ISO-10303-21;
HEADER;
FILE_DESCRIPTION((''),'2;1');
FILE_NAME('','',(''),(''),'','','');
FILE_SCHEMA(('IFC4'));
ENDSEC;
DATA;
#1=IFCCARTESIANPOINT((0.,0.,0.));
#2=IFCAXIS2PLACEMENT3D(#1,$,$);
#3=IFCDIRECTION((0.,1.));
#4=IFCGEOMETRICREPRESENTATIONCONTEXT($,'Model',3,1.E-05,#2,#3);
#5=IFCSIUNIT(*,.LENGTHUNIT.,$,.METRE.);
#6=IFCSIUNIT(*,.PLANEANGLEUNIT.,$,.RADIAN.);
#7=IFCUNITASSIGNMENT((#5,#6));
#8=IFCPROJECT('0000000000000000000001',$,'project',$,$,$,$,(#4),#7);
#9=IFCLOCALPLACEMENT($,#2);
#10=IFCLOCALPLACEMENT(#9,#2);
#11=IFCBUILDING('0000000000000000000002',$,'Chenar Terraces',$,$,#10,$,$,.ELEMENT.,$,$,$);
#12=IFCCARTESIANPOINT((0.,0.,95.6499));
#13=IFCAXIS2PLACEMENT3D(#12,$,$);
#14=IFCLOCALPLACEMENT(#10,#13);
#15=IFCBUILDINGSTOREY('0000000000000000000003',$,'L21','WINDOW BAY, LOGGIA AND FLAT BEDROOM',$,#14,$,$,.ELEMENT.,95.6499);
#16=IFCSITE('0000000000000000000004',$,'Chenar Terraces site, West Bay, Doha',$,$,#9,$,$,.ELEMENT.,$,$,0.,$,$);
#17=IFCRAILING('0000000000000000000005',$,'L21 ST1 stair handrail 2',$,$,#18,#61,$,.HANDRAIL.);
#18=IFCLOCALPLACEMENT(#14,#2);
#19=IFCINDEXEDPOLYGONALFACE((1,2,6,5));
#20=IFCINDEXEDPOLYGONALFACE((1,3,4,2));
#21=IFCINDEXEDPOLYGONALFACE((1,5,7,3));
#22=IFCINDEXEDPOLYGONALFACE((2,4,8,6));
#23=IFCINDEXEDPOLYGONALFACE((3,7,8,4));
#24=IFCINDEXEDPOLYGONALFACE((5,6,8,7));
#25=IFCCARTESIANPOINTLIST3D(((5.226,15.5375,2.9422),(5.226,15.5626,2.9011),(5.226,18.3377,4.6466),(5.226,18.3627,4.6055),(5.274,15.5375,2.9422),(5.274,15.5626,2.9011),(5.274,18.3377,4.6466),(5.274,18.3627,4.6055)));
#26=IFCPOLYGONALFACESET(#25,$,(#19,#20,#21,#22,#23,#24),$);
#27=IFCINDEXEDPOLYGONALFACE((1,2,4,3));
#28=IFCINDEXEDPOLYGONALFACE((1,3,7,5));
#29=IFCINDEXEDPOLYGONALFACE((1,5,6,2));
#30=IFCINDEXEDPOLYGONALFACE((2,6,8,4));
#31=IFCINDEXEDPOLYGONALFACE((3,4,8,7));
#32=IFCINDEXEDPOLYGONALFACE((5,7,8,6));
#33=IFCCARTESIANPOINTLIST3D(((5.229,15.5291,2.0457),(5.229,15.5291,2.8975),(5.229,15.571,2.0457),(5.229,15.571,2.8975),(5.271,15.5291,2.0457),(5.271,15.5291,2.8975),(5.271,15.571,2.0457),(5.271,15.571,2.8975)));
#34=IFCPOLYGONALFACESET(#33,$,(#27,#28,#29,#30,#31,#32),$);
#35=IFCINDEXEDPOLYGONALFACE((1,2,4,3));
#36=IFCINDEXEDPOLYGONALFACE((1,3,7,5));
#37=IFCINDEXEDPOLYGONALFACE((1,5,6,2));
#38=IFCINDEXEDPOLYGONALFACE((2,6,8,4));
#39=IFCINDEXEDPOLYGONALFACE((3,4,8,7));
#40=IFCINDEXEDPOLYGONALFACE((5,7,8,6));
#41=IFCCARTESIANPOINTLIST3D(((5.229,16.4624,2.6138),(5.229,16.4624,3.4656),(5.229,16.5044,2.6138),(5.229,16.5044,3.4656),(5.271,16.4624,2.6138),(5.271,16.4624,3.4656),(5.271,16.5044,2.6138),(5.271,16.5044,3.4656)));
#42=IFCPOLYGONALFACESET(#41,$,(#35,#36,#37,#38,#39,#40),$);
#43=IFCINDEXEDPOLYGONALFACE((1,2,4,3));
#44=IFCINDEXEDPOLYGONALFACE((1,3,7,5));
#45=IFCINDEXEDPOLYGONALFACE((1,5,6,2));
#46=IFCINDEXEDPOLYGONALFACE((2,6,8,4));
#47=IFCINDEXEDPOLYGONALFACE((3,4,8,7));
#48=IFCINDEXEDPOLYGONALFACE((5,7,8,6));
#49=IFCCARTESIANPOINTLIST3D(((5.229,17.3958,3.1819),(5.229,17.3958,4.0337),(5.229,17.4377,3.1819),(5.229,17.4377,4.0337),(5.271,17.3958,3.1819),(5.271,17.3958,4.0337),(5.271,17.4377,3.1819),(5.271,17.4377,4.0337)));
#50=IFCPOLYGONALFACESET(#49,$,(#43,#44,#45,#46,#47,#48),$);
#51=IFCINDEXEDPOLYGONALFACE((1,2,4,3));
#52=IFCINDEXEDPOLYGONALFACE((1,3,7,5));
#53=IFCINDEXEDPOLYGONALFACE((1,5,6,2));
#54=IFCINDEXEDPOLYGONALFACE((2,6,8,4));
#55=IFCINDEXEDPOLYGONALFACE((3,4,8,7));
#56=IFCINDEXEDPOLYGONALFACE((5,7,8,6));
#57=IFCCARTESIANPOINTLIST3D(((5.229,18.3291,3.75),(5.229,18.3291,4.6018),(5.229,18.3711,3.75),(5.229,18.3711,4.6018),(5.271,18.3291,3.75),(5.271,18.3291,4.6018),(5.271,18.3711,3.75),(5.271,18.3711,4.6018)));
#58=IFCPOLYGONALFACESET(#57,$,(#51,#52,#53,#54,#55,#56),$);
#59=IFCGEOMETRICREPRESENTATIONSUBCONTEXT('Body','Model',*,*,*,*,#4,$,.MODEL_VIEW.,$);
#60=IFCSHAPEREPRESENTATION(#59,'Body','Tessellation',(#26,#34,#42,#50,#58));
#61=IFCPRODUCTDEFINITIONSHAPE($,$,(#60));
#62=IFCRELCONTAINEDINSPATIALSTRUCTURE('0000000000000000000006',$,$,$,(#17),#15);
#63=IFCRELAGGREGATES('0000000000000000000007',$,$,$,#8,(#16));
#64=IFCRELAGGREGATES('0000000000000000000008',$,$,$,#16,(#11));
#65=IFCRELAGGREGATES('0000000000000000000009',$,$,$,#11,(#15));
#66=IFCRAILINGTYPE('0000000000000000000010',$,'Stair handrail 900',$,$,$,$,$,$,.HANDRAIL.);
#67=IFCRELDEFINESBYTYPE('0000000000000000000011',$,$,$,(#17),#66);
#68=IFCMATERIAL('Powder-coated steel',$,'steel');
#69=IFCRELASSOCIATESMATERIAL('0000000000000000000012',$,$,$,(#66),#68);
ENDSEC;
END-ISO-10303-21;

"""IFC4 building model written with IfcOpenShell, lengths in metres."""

from ifc_helpers import new_model, si_unit, direction, frame, origin, origin_2d, place, context, subcontext, project, spatial, rectangle, extrude, material, type_object, element, save


model = new_model("IFC4")

# Units and contexts
model_context = context("Model", 3, precision=1e-05, world=origin(), true_north=direction((0.0, 1.0)))
body_context = subcontext(model_context, "Body", "Model", "MODEL_VIEW")
ifc_project = project(units=[si_unit("LENGTHUNIT", "METRE"), si_unit("PLANEANGLEUNIT", "RADIAN")], contexts=[model_context])

# Site, building, storey
site_placement = place(None, origin())
site = spatial("IfcSite", under=ifc_project, at=site_placement, Name="Chenar Terraces site, West Bay, Doha", CompositionType="ELEMENT", RefElevation=0.0)
building_placement = place(site_placement, origin())
building = spatial("IfcBuilding", under=site, at=building_placement, Name="Chenar Terraces", CompositionType="ELEMENT")
storey_placement = place(building_placement, frame((0.0, 0.0, 95.6499)))
storey = spatial("IfcBuildingStorey", under=building, at=storey_placement, Name="L21", Description="WINDOW BAY, LOGGIA AND FLAT BEDROOM", CompositionType="ELEMENT", Elevation=95.6499)

# Railing
ifc_material_1 = material(Name="Powder-coated steel", Category="steel")
railing_type_1 = type_object("IfcRailingType", Name="Stair handrail 900", PredefinedType="HANDRAIL", material=ifc_material_1)
railing_1_placement = place(storey_placement, frame((5.25, 15.55, 2.0457)))
element("IfcRailing", 1, at=railing_1_placement, inside=storey, type_object=railing_type_1, Name="L21 ST1 stair handrail 2", PredefinedType="HANDRAIL", context=body_context, shape_type="SweptSolid", body=[
    extrude(rectangle(XDim=0.0481, YDim=0.0481, at=origin_2d()), frame((0.0, 0.0, 0.876), z_axis=(0.0, 0.854203, 0.51994), x_axis=(-1.0, 0.0, 0.0)), (0.0, 0.0, 1.0), 3.2781),
    extrude(rectangle(XDim=0.042, YDim=0.042, at=origin_2d()), origin(), (0.0, 0.0, 1.0), 0.8518),
    extrude(rectangle(XDim=0.042, YDim=0.042, at=origin_2d()), frame((0.0, 0.9333, 0.5681)), (0.0, 0.0, 1.0), 0.8518),
    extrude(rectangle(XDim=0.042, YDim=0.042, at=origin_2d()), frame((0.0, 1.8667, 1.1362)), (0.0, 0.0, 1.0), 0.8518),
    extrude(rectangle(XDim=0.042, YDim=0.042, at=origin_2d()), frame((0.0, 2.8, 1.7043)), (0.0, 0.0, 1.0), 0.8518),
])

save(model, "model.ifc")
